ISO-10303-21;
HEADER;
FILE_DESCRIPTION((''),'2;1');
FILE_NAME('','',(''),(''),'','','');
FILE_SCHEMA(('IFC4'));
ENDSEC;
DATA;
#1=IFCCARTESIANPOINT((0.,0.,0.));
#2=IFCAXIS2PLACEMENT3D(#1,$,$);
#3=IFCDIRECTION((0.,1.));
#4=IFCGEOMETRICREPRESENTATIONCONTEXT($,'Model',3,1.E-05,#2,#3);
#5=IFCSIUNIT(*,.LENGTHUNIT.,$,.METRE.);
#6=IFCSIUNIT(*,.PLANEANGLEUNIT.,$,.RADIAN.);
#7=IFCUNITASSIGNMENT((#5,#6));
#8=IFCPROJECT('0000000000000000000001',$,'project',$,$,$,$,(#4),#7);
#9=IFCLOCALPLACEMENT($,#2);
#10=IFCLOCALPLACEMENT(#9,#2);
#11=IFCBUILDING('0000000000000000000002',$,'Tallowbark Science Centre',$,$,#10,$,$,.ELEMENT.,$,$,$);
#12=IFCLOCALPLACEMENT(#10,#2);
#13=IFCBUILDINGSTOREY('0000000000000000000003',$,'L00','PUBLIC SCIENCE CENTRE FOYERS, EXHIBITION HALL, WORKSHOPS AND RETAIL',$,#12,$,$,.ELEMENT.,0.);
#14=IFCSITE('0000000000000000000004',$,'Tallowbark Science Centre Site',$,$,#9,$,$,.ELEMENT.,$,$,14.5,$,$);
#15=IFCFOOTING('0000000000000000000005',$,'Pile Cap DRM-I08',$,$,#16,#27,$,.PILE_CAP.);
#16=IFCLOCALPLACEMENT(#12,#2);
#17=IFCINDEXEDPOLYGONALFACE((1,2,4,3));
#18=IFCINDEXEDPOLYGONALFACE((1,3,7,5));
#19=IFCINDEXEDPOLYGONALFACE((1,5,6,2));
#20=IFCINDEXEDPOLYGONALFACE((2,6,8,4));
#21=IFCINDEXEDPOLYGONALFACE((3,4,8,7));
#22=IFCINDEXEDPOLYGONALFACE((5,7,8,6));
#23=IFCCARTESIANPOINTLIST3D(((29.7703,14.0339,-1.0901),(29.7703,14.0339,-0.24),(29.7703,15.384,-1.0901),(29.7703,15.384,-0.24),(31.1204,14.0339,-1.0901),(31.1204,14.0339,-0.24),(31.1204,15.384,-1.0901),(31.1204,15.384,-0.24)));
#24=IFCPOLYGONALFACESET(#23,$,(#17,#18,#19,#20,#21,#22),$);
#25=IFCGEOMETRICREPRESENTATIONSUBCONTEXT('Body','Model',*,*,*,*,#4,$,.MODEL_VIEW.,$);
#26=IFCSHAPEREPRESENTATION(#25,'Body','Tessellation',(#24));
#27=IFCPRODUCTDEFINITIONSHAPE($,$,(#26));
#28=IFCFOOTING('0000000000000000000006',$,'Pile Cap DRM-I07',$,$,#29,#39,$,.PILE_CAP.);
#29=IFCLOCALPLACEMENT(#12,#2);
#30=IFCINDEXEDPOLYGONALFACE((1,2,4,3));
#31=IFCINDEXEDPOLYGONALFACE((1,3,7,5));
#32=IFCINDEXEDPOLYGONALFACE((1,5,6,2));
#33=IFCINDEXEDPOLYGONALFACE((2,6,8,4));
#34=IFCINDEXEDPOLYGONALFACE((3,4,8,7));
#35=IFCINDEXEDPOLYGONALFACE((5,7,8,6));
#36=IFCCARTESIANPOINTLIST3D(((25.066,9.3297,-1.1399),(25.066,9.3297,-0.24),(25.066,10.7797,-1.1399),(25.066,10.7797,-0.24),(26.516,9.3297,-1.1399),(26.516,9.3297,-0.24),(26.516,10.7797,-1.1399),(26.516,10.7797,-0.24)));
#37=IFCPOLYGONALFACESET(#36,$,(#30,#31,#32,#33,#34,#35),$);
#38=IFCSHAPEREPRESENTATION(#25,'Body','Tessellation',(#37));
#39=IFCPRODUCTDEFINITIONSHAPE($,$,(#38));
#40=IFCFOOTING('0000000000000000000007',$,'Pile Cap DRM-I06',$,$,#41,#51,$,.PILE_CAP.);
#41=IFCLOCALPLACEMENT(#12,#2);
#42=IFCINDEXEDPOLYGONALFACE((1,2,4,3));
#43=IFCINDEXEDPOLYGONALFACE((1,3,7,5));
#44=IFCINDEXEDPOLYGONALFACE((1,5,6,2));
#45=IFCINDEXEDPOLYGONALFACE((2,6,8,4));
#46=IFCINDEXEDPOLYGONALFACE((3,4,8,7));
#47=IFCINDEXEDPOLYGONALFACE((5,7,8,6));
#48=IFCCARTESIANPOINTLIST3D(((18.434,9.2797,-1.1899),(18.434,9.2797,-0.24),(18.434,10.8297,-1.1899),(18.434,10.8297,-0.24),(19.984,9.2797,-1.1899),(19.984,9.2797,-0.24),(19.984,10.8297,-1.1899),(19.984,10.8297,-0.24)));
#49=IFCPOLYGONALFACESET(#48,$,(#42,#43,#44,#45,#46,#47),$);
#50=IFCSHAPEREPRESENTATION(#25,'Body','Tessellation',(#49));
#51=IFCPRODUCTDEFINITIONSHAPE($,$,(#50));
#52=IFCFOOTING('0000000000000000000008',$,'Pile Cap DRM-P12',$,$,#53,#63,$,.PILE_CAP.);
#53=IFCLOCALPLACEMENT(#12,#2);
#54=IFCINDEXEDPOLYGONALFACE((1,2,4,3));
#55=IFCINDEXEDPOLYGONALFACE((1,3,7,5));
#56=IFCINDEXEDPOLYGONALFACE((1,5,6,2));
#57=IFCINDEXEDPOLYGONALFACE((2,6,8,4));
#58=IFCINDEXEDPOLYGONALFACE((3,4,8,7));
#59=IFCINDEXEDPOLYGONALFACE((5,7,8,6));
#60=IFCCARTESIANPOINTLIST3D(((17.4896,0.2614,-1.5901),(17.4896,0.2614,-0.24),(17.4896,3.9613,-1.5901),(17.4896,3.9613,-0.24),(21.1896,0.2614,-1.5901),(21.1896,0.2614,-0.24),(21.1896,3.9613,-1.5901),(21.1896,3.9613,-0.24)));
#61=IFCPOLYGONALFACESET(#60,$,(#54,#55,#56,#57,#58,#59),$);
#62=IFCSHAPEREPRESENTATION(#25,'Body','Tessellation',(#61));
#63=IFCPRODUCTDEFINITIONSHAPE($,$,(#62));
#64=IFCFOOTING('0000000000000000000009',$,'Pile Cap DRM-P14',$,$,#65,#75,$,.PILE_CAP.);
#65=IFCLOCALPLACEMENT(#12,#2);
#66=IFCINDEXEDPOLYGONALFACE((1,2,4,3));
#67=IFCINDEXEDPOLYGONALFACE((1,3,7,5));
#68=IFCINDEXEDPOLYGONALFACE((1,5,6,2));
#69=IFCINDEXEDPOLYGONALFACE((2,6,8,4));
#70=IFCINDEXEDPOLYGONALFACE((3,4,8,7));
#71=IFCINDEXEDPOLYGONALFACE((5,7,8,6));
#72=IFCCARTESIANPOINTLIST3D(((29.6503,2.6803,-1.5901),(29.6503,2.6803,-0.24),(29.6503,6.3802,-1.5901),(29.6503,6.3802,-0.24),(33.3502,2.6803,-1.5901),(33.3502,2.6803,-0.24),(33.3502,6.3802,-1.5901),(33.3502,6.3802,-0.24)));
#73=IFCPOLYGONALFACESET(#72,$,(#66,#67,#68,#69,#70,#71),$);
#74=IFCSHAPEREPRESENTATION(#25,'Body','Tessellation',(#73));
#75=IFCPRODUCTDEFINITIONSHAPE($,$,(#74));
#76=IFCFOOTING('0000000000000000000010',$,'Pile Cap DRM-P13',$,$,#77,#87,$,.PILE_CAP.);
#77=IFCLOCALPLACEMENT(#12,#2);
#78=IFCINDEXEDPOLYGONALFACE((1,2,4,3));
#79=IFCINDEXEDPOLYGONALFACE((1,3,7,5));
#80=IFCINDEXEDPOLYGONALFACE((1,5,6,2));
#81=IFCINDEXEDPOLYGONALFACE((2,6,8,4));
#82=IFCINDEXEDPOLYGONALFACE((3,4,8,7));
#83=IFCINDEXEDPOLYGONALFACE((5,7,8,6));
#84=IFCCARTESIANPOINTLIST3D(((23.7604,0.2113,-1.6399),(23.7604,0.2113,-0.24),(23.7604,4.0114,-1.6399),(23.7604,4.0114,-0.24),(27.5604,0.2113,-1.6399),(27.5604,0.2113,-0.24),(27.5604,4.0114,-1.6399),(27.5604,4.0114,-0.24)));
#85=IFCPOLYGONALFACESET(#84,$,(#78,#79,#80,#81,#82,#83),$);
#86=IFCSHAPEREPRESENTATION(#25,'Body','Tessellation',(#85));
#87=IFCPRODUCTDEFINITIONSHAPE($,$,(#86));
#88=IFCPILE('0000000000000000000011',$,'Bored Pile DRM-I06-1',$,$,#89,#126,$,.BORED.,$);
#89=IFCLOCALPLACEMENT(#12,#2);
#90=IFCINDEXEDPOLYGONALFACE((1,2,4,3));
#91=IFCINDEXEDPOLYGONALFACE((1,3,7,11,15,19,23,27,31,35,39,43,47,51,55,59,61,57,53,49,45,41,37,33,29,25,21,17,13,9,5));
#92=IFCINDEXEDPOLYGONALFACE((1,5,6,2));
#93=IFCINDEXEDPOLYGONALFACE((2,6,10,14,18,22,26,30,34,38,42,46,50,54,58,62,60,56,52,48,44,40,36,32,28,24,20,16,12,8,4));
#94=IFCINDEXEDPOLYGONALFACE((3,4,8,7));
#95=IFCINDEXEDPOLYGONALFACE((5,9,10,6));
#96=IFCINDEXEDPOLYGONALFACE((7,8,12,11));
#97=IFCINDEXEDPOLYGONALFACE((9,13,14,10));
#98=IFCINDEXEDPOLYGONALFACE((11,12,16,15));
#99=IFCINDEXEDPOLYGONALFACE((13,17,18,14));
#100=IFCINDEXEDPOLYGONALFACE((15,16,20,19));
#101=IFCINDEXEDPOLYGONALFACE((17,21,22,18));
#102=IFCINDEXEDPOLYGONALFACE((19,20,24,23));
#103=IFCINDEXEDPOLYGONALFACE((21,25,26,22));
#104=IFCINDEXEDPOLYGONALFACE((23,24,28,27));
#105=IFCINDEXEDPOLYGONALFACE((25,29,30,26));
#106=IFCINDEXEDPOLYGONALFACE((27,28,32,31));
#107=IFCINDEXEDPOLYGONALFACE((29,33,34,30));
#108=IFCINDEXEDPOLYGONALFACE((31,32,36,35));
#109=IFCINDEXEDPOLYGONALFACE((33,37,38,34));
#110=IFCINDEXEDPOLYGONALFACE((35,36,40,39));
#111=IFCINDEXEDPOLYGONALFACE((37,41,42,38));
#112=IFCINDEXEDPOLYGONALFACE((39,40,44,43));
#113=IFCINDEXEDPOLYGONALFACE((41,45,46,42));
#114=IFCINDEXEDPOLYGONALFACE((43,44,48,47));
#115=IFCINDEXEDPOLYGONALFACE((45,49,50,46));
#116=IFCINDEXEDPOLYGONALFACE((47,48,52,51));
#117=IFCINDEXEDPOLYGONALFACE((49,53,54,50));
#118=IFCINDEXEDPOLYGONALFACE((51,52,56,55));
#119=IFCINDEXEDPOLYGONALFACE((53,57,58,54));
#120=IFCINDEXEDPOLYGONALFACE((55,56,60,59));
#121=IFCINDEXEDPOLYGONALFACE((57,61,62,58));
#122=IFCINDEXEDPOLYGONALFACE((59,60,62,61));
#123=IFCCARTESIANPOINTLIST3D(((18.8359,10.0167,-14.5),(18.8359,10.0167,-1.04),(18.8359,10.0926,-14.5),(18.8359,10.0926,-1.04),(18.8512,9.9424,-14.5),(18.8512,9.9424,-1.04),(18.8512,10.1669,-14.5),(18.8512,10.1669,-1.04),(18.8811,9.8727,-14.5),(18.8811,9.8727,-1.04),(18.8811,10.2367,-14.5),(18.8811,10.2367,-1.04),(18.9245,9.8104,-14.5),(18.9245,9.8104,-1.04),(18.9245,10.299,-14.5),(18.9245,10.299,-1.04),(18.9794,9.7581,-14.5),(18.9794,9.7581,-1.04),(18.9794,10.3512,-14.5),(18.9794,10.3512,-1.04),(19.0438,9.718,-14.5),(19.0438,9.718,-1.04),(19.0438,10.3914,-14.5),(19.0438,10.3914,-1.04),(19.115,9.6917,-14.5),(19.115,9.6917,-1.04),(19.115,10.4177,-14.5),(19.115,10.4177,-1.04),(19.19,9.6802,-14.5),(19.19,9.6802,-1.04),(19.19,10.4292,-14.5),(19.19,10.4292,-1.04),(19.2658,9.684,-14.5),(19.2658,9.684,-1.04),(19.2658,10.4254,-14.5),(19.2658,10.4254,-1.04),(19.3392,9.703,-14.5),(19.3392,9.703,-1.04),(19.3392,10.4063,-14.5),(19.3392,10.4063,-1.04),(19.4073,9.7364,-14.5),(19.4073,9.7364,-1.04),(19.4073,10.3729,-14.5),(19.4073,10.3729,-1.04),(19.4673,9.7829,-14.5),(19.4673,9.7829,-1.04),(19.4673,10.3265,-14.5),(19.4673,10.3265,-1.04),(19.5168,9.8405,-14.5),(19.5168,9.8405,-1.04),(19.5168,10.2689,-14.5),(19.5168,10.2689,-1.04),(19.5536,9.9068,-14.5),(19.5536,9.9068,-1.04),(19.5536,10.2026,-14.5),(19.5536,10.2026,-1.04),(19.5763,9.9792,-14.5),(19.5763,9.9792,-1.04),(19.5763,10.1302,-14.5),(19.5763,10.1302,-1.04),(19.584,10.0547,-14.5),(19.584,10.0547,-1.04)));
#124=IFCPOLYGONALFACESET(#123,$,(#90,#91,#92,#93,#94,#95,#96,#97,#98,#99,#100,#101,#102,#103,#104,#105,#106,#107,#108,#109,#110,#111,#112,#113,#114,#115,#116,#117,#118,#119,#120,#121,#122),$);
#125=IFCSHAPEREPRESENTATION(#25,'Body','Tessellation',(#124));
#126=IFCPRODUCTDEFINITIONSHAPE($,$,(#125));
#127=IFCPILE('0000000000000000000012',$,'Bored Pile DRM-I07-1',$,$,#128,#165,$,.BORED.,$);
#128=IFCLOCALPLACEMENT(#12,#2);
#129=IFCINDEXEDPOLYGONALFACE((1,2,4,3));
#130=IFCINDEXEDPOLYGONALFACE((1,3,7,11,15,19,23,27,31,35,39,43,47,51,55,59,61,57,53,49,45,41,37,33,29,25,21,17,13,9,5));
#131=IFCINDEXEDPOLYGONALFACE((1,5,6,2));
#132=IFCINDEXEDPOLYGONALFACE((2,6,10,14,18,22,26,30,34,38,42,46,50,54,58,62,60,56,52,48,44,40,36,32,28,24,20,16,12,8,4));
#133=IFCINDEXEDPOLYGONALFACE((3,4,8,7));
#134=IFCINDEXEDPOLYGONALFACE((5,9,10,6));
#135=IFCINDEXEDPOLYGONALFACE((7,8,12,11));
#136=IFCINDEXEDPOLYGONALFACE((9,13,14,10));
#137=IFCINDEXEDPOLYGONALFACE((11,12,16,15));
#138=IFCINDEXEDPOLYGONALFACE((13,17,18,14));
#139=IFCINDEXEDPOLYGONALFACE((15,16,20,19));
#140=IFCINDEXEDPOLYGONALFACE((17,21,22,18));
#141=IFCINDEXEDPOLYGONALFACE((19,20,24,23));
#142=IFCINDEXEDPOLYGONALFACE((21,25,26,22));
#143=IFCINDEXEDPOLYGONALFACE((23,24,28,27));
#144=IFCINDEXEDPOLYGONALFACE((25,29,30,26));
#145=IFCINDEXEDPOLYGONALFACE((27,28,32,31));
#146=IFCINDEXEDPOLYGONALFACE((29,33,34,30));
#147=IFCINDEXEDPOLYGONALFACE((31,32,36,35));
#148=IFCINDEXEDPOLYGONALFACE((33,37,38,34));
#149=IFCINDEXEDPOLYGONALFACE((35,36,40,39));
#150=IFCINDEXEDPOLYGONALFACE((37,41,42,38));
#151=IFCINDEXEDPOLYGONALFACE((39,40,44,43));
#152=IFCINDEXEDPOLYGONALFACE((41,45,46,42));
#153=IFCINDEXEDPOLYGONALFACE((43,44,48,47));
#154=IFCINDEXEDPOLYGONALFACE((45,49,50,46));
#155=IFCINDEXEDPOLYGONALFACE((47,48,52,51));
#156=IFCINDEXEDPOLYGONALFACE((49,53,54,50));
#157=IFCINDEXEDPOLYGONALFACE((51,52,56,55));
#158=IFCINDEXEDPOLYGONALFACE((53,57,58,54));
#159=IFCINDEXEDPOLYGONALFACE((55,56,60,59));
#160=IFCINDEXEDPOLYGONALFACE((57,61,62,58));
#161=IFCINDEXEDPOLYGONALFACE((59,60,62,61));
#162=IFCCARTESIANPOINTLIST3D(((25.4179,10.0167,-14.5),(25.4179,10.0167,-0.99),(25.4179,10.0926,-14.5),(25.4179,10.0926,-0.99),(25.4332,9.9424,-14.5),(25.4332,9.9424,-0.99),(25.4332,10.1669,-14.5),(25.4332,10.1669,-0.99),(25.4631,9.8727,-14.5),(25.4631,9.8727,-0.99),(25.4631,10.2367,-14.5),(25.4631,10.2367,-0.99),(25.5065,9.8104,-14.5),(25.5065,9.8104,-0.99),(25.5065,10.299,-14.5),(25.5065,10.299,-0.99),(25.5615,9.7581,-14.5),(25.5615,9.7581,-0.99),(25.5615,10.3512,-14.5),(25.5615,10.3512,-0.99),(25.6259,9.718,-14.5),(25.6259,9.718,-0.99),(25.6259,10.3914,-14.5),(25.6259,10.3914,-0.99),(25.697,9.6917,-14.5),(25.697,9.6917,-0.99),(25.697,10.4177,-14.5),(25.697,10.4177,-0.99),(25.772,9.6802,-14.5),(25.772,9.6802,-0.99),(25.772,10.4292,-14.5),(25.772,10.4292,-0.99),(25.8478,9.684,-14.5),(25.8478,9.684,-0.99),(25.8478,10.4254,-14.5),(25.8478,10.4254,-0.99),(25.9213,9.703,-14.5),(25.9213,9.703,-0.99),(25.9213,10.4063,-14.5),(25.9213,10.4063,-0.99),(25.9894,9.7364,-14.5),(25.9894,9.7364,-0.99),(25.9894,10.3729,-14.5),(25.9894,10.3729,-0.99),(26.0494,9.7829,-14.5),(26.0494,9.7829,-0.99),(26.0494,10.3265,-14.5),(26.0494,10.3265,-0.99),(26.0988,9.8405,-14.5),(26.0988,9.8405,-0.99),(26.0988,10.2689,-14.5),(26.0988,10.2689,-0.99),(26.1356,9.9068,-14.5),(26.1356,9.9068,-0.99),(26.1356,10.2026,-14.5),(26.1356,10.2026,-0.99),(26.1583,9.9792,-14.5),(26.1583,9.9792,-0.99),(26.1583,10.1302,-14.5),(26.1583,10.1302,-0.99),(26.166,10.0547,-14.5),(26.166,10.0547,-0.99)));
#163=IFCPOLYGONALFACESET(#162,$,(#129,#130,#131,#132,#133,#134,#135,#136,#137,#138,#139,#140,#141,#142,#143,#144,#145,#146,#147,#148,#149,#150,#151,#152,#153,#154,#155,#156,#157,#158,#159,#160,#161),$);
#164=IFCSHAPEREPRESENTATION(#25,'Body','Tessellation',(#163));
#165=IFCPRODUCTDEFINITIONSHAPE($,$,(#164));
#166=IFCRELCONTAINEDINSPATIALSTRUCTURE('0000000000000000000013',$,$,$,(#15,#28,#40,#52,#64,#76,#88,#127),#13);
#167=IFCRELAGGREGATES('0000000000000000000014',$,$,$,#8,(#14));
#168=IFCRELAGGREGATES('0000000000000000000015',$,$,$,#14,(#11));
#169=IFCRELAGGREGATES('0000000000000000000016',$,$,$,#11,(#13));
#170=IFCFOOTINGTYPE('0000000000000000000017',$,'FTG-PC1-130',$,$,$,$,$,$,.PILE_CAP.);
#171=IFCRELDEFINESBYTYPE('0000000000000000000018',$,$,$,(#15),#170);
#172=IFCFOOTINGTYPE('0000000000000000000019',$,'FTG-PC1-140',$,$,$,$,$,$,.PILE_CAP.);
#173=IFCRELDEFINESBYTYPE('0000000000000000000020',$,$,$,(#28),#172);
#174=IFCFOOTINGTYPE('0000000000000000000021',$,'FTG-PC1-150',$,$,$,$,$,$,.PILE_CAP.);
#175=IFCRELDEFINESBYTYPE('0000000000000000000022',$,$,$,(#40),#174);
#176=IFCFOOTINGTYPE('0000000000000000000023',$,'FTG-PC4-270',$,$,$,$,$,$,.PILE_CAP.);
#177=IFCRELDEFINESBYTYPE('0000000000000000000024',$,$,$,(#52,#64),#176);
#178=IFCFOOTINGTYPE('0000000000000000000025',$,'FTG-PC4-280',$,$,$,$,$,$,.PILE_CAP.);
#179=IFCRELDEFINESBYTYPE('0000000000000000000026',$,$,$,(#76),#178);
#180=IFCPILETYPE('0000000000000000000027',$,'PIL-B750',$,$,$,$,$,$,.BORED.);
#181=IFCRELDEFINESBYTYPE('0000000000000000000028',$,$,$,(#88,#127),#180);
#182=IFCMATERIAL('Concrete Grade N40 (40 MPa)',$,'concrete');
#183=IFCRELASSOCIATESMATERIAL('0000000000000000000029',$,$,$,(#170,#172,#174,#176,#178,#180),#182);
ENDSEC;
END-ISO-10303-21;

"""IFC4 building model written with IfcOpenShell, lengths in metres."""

from ifc_helpers import new_model, si_unit, direction, frame, origin, origin_2d, place, context, subcontext, project, spatial, rectangle, circle, extrude, material, material_profile, profile_set, type_object, element, save


model = new_model("IFC4")

# Units and contexts
model_context = context("Model", 3, precision=1e-05, world=origin(), true_north=direction((0.0, 1.0)))
body_context = subcontext(model_context, "Body", "Model", "MODEL_VIEW")
ifc_project = project(units=[si_unit("LENGTHUNIT", "METRE"), si_unit("PLANEANGLEUNIT", "RADIAN")], contexts=[model_context])

# Site, building, storey
site_placement = place(None, origin())
site = spatial("IfcSite", under=ifc_project, at=site_placement, Name="Tallowbark Science Centre Site", CompositionType="ELEMENT", RefElevation=14.5)
building_placement = place(site_placement, origin())
building = spatial("IfcBuilding", under=site, at=building_placement, Name="Tallowbark Science Centre", CompositionType="ELEMENT")
storey_placement = place(building_placement, origin())
storey = spatial("IfcBuildingStorey", under=building, at=storey_placement, Name="L00", Description="PUBLIC SCIENCE CENTRE FOYERS, EXHIBITION HALL, WORKSHOPS AND RETAIL", CompositionType="ELEMENT", Elevation=0.0)

# Footings
ifc_material_1 = material(Name="Concrete Grade N40 (40 MPa)", Category="concrete")
footing_type_1 = type_object("IfcFootingType", Name="FTG-PC1-130", PredefinedType="PILE_CAP", material=ifc_material_1)
footing_1_placement = place(storey_placement, frame((30.4453, 14.709, -1.0901), z_axis=(0.0, 0.0, 1.0), x_axis=(1.0, 0.0, 0.0)))
element("IfcFooting", 1, at=footing_1_placement, inside=storey, type_object=footing_type_1, Name="Pile Cap DRM-I08", PredefinedType="PILE_CAP", context=body_context, shape_type="SweptSolid", body=[
    extrude(rectangle(XDim=1.3501, YDim=1.3501, at=origin_2d()), origin(), (0.0, 0.0, 1.0), 0.8501),
])
footing_type_2 = type_object("IfcFootingType", Name="FTG-PC1-140", PredefinedType="PILE_CAP", material=ifc_material_1)
footing_2_placement = place(storey_placement, frame((25.791, 10.0547, -1.1399), z_axis=(0.0, 0.0, 1.0), x_axis=(1.0, 0.0, 0.0)))
element("IfcFooting", 2, at=footing_2_placement, inside=storey, type_object=footing_type_2, Name="Pile Cap DRM-I07", PredefinedType="PILE_CAP", context=body_context, shape_type="SweptSolid", body=[
    extrude(rectangle(XDim=1.45, YDim=1.45, at=origin_2d()), origin(), (0.0, 0.0, 1.0), 0.8999),
])
footing_type_3 = type_object("IfcFootingType", Name="FTG-PC1-150", PredefinedType="PILE_CAP", material=ifc_material_1)
footing_3_placement = place(storey_placement, frame((19.209, 10.0547, -1.1899), z_axis=(0.0, 0.0, 1.0), x_axis=(1.0, 0.0, 0.0)))
element("IfcFooting", 3, at=footing_3_placement, inside=storey, type_object=footing_type_3, Name="Pile Cap DRM-I06", PredefinedType="PILE_CAP", context=body_context, shape_type="SweptSolid", body=[
    extrude(rectangle(XDim=1.55, YDim=1.55, at=origin_2d()), origin(), (0.0, 0.0, 1.0), 0.95),
])
footing_type_4 = type_object("IfcFootingType", Name="FTG-PC4-270", PredefinedType="PILE_CAP", material=ifc_material_1)
for number, where, z_axis, x_axis, name in (
    (4, (19.3396, 2.1113, -1.5901), (0.0, 0.0, 1.0), (1.0, 0.0, 0.0), "Pile Cap DRM-P12"),
    (5, (31.5002, 4.5303, -1.5901), (0.0, 0.0, 1.0), (1.0, 0.0, 0.0), "Pile Cap DRM-P14"),
):
    element("IfcFooting", number, at=place(storey_placement, frame(where, z_axis=z_axis, x_axis=x_axis)), inside=storey, type_object=footing_type_4, Name=name, PredefinedType="PILE_CAP", context=body_context, shape_type="SweptSolid", body=[
        extrude(rectangle(XDim=3.7, YDim=3.7, at=origin_2d()), origin(), (0.0, 0.0, 1.0), 1.3501),
    ])
footing_type_5 = type_object("IfcFootingType", Name="FTG-PC4-280", PredefinedType="PILE_CAP", material=ifc_material_1)
footing_4_placement = place(storey_placement, frame((25.6604, 2.1113, -1.6399), z_axis=(0.0, 0.0, 1.0), x_axis=(1.0, 0.0, 0.0)))
element("IfcFooting", 6, at=footing_4_placement, inside=storey, type_object=footing_type_5, Name="Pile Cap DRM-P13", PredefinedType="PILE_CAP", context=body_context, shape_type="SweptSolid", body=[
    extrude(rectangle(XDim=3.8, YDim=3.8, at=origin_2d()), origin(), (0.0, 0.0, 1.0), 1.3999),
])

# Piles
ifc_material_profile_1 = material_profile(ifc_material_1, circle(Radius=0.375, at=origin_2d()), Name="PILE750")
ifc_profile_set_1 = profile_set([ifc_material_profile_1], Name="Concrete Grade N40 (40 MPa)")
pile_type_1 = type_object("IfcPileType", Name="PIL-B750", PredefinedType="BORED", material=ifc_profile_set_1)
pile_1_placement = place(storey_placement, frame((19.209, 10.0547, -1.04), z_axis=(0.0, 0.0, -1.0), x_axis=(1.0, 0.0, 0.0)))
element("IfcPile", 7, at=pile_1_placement, inside=storey, type_object=pile_type_1, Name="Bored Pile DRM-I06-1", PredefinedType="BORED", context=body_context, shape_type="SweptSolid", body=[
    extrude(circle(Radius=0.375, at=origin_2d()), origin(), (0.0, 0.0, 1.0), 13.46),
])
pile_2_placement = place(storey_placement, frame((25.791, 10.0547, -0.99), z_axis=(0.0, 0.0, -1.0), x_axis=(1.0, 0.0, 0.0)))
element("IfcPile", 8, at=pile_2_placement, inside=storey, type_object=pile_type_1, Name="Bored Pile DRM-I07-1", PredefinedType="BORED", context=body_context, shape_type="SweptSolid", body=[
    extrude(circle(Radius=0.375, at=origin_2d()), origin(), (0.0, 0.0, 1.0), 13.51),
])

save(model, "model.ifc")
